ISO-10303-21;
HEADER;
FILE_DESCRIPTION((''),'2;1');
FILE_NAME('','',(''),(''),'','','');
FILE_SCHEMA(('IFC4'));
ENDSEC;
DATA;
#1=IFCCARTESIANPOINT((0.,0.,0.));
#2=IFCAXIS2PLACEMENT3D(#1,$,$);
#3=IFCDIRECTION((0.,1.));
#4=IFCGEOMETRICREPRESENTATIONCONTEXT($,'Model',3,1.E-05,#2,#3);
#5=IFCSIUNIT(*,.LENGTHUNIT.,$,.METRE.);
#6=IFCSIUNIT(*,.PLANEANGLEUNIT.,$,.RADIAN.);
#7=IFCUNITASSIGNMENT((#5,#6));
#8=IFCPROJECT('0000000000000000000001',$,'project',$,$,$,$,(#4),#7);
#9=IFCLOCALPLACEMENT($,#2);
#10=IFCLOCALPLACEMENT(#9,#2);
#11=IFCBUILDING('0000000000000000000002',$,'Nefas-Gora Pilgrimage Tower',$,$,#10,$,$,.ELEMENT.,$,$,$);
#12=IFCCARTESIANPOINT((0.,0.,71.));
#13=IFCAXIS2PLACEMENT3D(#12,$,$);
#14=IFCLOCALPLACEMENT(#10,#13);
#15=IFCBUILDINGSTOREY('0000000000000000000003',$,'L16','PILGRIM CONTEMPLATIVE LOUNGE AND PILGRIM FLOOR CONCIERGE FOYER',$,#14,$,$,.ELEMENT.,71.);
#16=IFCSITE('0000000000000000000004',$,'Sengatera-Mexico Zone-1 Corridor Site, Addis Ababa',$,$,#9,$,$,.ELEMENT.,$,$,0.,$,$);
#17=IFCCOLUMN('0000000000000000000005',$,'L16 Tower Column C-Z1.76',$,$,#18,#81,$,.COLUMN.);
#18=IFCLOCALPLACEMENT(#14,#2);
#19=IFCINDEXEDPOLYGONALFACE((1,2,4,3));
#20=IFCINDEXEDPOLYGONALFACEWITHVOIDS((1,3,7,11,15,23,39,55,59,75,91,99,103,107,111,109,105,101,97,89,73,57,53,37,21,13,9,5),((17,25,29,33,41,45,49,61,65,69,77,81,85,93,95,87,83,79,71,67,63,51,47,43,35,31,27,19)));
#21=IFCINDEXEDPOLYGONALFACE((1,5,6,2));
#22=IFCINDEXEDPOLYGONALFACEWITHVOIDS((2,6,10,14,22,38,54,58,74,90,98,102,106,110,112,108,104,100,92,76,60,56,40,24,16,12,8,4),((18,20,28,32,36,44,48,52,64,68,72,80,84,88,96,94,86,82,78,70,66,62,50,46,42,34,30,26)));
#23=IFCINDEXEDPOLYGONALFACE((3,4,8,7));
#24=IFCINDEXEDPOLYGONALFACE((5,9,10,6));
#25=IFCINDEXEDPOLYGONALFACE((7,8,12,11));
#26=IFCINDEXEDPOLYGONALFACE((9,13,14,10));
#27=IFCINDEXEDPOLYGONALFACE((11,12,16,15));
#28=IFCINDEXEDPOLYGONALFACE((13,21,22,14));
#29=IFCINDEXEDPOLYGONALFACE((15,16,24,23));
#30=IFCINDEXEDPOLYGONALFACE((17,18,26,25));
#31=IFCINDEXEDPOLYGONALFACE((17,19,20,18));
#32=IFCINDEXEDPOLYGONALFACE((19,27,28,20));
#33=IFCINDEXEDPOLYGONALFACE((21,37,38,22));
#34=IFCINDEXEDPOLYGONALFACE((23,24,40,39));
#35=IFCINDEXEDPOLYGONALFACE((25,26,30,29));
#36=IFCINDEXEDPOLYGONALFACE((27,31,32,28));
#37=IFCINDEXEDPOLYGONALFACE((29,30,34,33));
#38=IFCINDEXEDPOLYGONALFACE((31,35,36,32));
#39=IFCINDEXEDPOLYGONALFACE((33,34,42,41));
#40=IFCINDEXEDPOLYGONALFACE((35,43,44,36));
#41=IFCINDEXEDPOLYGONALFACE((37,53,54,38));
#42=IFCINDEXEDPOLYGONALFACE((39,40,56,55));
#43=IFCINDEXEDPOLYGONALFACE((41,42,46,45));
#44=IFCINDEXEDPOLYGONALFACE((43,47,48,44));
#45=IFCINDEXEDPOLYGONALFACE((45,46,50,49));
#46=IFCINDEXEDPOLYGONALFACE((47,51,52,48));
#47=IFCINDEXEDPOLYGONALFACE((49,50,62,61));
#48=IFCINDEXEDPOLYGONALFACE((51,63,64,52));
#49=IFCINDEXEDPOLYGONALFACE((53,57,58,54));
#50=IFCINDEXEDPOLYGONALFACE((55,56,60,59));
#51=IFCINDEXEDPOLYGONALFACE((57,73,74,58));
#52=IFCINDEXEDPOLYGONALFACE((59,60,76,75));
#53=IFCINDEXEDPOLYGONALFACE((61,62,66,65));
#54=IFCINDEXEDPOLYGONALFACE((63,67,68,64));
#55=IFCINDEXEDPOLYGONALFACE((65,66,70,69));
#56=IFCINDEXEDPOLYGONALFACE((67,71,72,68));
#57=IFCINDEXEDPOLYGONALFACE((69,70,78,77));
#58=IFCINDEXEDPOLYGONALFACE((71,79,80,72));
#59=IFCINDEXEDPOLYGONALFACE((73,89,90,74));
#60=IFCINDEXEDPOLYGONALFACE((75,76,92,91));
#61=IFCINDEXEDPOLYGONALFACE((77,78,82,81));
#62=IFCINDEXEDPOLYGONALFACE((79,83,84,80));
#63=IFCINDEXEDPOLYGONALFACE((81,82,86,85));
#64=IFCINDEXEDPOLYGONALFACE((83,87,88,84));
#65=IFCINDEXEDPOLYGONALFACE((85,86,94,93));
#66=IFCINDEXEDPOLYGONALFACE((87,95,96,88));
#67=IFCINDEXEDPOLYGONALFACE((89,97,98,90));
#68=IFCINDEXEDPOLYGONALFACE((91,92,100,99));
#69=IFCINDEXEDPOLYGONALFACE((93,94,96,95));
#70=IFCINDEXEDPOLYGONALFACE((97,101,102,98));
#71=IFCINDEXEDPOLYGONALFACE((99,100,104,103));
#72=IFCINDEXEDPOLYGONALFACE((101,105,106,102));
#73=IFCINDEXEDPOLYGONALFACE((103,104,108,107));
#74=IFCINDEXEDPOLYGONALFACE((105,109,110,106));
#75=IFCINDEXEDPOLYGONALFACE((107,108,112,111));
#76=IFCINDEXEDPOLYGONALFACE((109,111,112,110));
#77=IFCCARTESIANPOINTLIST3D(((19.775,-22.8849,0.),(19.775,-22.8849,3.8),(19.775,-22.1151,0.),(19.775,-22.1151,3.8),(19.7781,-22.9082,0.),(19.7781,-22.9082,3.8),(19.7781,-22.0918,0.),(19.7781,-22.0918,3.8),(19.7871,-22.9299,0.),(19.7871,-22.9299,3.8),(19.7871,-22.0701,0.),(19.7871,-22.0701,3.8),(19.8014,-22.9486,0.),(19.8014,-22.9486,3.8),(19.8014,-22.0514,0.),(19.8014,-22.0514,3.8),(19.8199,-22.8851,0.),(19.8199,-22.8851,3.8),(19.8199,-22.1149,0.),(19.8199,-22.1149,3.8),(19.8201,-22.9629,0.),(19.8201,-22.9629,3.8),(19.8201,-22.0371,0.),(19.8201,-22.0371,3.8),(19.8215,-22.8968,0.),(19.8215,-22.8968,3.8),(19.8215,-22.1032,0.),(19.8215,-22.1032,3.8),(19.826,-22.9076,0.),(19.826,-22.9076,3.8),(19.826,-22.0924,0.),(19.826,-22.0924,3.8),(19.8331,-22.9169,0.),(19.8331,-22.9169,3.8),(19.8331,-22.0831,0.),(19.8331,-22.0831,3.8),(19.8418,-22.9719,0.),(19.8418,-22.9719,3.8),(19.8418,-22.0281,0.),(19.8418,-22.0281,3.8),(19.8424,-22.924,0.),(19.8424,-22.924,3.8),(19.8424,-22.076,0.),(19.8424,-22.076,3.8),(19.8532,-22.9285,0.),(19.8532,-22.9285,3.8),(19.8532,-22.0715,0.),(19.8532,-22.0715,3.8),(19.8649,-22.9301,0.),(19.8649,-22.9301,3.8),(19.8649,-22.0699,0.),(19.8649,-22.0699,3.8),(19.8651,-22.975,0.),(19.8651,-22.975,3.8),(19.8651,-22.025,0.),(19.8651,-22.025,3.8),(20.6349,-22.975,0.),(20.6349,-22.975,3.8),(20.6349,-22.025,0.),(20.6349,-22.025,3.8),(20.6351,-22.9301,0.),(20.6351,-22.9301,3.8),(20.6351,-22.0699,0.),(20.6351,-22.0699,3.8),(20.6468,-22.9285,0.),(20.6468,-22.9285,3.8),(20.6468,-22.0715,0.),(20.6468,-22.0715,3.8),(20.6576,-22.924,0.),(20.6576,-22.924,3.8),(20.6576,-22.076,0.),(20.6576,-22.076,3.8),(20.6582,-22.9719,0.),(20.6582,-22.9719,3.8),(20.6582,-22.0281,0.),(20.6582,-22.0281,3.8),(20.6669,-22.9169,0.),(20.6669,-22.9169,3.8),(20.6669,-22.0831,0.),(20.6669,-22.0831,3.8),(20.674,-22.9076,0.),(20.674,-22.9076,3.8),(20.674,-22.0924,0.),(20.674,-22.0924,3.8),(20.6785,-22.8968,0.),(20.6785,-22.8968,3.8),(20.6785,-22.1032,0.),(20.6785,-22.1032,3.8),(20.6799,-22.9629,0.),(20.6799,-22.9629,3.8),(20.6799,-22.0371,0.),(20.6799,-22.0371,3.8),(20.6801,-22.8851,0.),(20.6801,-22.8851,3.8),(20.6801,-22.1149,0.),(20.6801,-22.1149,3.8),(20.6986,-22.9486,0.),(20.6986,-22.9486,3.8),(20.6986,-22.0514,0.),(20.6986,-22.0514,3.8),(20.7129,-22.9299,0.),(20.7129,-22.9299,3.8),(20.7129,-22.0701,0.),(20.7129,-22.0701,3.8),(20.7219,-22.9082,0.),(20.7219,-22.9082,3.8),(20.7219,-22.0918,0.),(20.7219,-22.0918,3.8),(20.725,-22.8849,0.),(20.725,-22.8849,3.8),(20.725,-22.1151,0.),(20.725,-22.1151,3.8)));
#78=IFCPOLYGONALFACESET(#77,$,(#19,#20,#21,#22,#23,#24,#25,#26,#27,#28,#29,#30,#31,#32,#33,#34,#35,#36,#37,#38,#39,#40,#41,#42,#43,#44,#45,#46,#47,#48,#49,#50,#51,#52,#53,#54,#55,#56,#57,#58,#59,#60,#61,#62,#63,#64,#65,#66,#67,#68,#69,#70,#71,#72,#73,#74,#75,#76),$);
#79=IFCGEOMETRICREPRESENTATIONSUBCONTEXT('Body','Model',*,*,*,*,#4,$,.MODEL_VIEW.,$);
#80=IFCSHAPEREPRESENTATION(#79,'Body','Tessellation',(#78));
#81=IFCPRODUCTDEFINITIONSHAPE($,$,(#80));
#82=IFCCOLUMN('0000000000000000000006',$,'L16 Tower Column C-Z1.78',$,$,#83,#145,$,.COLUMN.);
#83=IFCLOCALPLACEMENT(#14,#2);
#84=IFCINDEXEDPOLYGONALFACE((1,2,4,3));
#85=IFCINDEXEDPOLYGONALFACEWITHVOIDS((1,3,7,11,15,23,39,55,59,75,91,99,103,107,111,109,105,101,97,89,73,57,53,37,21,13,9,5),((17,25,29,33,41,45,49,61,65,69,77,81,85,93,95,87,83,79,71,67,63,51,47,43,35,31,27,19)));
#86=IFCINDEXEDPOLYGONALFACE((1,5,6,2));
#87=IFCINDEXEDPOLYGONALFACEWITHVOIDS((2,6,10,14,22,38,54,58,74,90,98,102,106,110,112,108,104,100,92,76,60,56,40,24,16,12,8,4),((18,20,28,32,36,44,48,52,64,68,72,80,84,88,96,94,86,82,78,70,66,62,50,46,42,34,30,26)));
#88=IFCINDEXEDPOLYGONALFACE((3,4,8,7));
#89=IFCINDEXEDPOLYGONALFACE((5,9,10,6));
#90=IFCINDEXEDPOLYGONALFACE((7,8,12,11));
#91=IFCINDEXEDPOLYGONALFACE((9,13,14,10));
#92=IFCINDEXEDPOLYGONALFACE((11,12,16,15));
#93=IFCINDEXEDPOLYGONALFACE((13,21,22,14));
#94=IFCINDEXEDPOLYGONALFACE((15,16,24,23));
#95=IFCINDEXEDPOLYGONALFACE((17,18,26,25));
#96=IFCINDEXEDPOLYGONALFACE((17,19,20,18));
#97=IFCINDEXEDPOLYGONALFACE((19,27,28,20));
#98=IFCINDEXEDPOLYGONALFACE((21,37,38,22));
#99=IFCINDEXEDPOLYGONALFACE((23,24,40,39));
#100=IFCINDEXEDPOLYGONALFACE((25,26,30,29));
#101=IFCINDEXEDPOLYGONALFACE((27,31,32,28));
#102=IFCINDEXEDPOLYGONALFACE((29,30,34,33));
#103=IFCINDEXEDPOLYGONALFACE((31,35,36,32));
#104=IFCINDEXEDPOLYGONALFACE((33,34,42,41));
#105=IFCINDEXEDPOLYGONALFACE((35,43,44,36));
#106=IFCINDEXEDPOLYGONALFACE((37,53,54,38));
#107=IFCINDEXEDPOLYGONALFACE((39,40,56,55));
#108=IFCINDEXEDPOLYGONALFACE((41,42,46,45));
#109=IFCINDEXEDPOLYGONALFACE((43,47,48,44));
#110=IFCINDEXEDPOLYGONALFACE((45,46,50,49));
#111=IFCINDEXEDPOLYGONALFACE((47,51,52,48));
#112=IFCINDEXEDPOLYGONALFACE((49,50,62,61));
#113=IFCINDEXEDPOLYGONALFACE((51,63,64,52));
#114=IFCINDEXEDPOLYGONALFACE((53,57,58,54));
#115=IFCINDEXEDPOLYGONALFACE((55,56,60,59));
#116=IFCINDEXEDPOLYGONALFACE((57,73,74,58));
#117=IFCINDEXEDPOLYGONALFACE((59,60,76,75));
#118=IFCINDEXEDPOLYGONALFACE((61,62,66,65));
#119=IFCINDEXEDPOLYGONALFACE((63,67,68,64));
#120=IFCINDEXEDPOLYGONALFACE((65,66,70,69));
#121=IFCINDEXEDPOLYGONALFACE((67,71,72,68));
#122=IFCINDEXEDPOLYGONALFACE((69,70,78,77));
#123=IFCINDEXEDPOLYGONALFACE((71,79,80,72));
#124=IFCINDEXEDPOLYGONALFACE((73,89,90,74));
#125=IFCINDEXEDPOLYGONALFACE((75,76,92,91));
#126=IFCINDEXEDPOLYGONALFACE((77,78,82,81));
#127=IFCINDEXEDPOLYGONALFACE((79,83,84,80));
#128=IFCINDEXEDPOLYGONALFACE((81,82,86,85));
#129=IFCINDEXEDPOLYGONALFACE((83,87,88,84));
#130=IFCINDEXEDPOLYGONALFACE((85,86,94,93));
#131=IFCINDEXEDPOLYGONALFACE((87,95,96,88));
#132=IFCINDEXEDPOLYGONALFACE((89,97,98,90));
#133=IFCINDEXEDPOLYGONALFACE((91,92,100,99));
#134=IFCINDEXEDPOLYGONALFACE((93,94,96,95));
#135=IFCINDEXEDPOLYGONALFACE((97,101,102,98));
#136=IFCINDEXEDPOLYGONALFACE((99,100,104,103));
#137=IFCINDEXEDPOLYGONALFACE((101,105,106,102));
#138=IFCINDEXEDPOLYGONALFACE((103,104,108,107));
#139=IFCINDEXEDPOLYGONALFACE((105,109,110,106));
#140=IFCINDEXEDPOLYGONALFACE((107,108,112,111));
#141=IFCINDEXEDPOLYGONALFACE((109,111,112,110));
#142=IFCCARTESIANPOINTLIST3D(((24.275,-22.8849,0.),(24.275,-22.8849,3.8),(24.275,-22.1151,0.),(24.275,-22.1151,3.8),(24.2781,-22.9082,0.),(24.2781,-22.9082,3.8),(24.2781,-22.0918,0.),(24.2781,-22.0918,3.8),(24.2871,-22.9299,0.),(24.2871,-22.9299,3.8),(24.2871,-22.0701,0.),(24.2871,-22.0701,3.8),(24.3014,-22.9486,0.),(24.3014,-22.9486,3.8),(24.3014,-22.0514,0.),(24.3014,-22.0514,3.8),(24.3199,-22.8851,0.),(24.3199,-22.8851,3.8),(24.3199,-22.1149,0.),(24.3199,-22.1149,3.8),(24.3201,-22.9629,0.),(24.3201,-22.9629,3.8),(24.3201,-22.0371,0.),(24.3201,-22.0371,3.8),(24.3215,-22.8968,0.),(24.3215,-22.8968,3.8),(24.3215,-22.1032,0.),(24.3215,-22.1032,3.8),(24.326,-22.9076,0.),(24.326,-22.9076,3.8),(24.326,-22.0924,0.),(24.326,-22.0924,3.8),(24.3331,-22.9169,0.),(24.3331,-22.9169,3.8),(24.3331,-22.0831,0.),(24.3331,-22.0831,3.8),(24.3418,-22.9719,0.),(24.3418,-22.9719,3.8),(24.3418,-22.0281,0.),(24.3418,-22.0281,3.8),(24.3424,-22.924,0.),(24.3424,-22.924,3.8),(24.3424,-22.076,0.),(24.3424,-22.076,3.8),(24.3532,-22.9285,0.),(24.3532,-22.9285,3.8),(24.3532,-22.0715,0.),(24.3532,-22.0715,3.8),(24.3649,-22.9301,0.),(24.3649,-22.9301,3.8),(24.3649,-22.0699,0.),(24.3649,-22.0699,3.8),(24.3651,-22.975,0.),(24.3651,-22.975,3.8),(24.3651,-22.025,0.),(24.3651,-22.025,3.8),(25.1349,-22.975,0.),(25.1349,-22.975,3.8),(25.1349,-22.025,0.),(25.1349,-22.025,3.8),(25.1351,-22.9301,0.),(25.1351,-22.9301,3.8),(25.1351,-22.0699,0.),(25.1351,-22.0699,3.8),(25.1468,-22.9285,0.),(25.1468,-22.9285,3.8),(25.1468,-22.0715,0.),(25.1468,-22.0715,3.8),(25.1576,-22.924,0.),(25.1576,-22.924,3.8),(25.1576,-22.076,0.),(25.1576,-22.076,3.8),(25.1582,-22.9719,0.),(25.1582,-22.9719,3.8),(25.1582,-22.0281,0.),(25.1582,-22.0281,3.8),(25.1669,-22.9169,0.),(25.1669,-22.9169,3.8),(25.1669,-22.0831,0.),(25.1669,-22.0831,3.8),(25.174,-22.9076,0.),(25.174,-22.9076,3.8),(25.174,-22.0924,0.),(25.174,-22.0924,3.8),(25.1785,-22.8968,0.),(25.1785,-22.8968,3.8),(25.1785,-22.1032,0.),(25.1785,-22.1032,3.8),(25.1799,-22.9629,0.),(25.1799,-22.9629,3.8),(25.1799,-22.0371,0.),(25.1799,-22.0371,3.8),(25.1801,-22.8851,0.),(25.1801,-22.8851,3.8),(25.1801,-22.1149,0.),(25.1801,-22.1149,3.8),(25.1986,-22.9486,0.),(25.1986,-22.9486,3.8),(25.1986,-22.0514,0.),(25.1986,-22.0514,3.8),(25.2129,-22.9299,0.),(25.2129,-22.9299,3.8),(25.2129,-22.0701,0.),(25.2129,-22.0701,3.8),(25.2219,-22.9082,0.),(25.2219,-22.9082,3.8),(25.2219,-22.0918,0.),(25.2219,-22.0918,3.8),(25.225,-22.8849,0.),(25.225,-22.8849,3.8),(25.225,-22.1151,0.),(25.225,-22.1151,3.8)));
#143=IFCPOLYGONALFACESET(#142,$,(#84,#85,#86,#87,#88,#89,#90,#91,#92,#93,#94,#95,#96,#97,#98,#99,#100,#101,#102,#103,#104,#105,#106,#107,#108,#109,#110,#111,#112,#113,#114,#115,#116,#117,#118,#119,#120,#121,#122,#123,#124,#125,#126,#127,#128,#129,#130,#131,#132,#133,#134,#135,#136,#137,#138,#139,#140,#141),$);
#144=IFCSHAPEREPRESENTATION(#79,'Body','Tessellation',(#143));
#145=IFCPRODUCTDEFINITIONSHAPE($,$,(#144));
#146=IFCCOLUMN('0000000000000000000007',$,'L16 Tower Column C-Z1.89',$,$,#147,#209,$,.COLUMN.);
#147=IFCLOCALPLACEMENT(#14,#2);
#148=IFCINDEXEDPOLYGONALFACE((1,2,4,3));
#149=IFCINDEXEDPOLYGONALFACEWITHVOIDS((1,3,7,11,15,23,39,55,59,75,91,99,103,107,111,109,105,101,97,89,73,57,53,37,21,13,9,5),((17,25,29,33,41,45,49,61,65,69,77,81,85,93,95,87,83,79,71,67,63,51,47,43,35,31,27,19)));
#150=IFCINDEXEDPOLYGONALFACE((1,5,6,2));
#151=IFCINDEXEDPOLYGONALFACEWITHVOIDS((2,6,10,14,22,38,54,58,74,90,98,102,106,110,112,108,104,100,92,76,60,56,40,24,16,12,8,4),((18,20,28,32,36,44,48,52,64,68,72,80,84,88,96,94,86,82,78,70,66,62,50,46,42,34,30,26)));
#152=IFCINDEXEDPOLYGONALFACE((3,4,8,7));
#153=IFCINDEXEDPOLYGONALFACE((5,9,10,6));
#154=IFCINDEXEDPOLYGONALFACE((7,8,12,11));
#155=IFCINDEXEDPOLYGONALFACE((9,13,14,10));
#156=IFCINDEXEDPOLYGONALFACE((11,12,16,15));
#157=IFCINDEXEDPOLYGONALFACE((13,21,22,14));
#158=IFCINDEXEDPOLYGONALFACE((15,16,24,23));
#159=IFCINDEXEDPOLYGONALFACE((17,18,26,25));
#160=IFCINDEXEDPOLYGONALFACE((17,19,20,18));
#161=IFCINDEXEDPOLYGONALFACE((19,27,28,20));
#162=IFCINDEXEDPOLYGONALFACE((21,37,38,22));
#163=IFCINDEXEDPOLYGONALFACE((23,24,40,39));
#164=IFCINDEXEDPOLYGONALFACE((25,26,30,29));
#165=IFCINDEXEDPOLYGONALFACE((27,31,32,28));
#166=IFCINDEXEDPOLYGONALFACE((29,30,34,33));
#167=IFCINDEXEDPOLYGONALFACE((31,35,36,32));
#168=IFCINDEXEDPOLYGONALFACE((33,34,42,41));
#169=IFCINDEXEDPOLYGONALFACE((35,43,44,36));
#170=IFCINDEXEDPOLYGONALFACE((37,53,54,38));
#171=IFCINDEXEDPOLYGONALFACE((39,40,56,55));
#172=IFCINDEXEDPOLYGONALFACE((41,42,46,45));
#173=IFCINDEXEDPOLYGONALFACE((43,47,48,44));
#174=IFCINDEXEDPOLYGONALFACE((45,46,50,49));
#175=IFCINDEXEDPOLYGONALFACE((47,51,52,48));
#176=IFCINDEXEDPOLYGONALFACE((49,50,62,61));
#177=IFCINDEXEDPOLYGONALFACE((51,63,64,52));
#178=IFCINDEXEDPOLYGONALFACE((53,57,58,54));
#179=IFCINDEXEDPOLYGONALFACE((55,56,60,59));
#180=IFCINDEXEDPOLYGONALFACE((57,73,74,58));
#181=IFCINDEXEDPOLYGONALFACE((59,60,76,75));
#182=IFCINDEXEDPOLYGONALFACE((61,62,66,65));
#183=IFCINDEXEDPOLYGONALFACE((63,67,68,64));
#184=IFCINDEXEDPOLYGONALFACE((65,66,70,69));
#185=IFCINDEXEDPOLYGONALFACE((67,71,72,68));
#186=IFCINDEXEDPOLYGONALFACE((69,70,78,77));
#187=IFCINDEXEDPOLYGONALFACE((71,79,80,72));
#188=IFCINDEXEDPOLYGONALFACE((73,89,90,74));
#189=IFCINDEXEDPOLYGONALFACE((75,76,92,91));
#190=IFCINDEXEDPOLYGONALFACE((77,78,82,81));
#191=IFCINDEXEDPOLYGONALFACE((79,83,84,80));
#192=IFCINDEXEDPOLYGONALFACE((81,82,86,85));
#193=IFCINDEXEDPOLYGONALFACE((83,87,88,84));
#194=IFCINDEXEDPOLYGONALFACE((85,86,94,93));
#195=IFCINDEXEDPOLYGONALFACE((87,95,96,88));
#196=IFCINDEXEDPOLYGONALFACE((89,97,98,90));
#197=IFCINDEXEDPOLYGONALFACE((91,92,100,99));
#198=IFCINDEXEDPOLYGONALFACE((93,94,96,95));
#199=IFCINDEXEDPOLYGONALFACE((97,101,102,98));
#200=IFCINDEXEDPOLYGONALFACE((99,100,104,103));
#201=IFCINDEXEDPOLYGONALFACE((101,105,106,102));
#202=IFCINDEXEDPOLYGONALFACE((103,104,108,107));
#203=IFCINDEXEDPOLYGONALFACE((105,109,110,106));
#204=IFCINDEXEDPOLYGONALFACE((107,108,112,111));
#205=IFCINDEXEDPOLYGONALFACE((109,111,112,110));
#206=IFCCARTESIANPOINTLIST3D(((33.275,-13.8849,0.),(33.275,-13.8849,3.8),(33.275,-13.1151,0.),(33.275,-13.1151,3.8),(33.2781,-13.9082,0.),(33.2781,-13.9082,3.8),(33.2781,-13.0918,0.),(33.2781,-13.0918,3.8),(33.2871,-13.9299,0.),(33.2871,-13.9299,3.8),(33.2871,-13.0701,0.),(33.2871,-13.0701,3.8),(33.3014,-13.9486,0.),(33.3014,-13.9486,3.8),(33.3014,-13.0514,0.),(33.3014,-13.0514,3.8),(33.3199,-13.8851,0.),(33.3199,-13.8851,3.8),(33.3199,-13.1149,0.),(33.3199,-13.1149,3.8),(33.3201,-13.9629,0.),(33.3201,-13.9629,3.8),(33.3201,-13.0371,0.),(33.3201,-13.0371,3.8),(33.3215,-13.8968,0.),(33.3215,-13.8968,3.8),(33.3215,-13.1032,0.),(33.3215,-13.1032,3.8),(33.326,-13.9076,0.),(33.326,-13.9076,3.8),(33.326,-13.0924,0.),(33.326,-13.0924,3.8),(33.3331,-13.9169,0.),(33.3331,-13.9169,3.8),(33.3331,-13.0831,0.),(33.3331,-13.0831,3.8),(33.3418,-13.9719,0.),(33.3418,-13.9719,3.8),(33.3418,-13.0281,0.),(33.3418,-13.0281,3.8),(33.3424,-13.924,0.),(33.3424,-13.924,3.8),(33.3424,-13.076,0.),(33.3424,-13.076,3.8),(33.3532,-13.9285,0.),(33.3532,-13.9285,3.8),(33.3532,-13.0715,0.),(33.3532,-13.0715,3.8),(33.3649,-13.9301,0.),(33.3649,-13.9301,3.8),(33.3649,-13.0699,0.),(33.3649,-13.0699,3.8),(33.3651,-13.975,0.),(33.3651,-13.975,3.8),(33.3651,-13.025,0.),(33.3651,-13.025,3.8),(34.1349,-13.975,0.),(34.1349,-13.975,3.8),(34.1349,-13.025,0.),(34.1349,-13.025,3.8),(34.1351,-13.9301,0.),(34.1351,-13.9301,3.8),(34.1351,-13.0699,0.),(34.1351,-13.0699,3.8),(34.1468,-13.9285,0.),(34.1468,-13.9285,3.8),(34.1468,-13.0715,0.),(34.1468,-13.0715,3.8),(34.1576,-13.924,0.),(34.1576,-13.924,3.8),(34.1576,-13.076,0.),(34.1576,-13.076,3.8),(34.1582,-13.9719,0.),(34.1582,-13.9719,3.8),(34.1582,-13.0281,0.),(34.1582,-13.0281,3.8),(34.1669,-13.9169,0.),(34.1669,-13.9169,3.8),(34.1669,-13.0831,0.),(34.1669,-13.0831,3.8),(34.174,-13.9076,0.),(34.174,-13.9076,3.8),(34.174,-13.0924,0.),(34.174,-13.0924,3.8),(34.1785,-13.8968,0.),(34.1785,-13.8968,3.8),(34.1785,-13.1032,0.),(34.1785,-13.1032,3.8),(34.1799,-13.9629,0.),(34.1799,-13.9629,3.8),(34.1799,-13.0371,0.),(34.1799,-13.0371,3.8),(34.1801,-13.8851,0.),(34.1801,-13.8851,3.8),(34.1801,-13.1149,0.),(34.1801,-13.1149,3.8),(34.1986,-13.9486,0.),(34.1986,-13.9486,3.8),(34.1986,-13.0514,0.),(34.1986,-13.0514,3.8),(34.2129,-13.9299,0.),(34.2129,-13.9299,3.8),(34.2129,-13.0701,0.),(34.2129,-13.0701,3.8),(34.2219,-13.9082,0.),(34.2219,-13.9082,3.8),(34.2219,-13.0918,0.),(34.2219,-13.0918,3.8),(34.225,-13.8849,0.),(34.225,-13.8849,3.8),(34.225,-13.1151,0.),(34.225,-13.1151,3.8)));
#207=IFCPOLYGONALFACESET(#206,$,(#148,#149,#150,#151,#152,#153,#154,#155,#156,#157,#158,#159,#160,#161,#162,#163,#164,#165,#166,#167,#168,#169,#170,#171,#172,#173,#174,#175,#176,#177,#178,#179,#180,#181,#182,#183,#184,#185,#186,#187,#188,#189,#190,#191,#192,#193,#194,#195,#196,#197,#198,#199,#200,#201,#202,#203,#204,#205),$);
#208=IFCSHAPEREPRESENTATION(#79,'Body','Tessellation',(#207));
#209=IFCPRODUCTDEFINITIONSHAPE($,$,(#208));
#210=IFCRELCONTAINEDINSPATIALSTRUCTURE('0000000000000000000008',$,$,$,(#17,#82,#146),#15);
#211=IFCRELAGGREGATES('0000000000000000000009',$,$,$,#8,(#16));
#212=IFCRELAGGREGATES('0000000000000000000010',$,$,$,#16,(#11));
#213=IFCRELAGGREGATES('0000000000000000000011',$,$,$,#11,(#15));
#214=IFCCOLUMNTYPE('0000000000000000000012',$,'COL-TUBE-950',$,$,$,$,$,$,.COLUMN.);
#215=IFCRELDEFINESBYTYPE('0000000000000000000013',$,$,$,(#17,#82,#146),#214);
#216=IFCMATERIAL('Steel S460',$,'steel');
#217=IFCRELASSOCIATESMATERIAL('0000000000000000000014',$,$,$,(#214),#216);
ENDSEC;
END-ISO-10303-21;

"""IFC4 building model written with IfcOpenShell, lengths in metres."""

from ifc_helpers import new_model, si_unit, direction, frame, origin, origin_2d, place, context, subcontext, project, spatial, hollow_rectangle, extrude, source, transform, mapped, material, material_profile, profile_set, type_object, element, save


model = new_model("IFC4")

# Units and contexts
model_context = context("Model", 3, precision=1e-05, world=origin(), true_north=direction((0.0, 1.0)))
body_context = subcontext(model_context, "Body", "Model", "MODEL_VIEW")
ifc_project = project(units=[si_unit("LENGTHUNIT", "METRE"), si_unit("PLANEANGLEUNIT", "RADIAN")], contexts=[model_context])

# Site, building, storey
site_placement = place(None, origin())
site = spatial("IfcSite", under=ifc_project, at=site_placement, Name="Sengatera-Mexico Zone-1 Corridor Site, Addis Ababa", CompositionType="ELEMENT", RefElevation=0.0)
building_placement = place(site_placement, origin())
building = spatial("IfcBuilding", under=site, at=building_placement, Name="Nefas-Gora Pilgrimage Tower", CompositionType="ELEMENT")
storey_placement = place(building_placement, frame((0.0, 0.0, 71.0)))
storey = spatial("IfcBuildingStorey", under=building, at=storey_placement, Name="L16", Description="PILGRIM CONTEMPLATIVE LOUNGE AND PILGRIM FLOOR CONCIERGE FOYER", CompositionType="ELEMENT", Elevation=71.0)

# Columns
ifc_material_1 = material(Name="Steel S460", Category="steel")
ifc_material_profile_1 = material_profile(ifc_material_1, hollow_rectangle(XDim=0.95, YDim=0.95, WallThickness=0.0449, InnerFilletRadius=0.0449, OuterFilletRadius=0.0901, at=origin_2d()), Name="BOX 950x950x45")
ifc_profile_set_1 = profile_set([ifc_material_profile_1], Name="Steel S460")
column_type_1 = type_object("IfcColumnType", Name="COL-TUBE-950", PredefinedType="COLUMN", material=ifc_profile_set_1)
shared_shape_1 = source(origin(), body_context, "Body", "SweptSolid", [
    extrude(hollow_rectangle(XDim=0.95, YDim=0.95, WallThickness=0.0449, InnerFilletRadius=0.0449, OuterFilletRadius=0.0901, at=origin_2d()), origin(), (0.0, 0.0, 1.0), 3.8),
])
for number, where, z_axis, x_axis, name in (
    (1, (20.25, -22.5, 0.0), (0.0, 0.0, 1.0), (1.0, 0.0, 0.0), "L16 Tower Column C-Z1.76"),
    (2, (24.75, -22.5, 0.0), (0.0, 0.0, 1.0), (1.0, 0.0, 0.0), "L16 Tower Column C-Z1.78"),
    (3, (33.75, -13.5, 0.0), (0.0, 0.0, 1.0), (1.0, 0.0, 0.0), "L16 Tower Column C-Z1.89"),
):
    element("IfcColumn", number, at=place(storey_placement, frame(where, z_axis=z_axis, x_axis=x_axis)), inside=storey, type_object=column_type_1, Name=name, PredefinedType="COLUMN", context=body_context, shape_type="MappedRepresentation", body=[
        mapped(shared_shape_1, transform((0.0, 0.0, 0.0), x_axis=(1.0, 0.0, 0.0), y_axis=(0.0, 1.0, 0.0), z_axis=(0.0, 0.0, 1.0), scale=1.0)),
    ])

save(model, "model.ifc")
